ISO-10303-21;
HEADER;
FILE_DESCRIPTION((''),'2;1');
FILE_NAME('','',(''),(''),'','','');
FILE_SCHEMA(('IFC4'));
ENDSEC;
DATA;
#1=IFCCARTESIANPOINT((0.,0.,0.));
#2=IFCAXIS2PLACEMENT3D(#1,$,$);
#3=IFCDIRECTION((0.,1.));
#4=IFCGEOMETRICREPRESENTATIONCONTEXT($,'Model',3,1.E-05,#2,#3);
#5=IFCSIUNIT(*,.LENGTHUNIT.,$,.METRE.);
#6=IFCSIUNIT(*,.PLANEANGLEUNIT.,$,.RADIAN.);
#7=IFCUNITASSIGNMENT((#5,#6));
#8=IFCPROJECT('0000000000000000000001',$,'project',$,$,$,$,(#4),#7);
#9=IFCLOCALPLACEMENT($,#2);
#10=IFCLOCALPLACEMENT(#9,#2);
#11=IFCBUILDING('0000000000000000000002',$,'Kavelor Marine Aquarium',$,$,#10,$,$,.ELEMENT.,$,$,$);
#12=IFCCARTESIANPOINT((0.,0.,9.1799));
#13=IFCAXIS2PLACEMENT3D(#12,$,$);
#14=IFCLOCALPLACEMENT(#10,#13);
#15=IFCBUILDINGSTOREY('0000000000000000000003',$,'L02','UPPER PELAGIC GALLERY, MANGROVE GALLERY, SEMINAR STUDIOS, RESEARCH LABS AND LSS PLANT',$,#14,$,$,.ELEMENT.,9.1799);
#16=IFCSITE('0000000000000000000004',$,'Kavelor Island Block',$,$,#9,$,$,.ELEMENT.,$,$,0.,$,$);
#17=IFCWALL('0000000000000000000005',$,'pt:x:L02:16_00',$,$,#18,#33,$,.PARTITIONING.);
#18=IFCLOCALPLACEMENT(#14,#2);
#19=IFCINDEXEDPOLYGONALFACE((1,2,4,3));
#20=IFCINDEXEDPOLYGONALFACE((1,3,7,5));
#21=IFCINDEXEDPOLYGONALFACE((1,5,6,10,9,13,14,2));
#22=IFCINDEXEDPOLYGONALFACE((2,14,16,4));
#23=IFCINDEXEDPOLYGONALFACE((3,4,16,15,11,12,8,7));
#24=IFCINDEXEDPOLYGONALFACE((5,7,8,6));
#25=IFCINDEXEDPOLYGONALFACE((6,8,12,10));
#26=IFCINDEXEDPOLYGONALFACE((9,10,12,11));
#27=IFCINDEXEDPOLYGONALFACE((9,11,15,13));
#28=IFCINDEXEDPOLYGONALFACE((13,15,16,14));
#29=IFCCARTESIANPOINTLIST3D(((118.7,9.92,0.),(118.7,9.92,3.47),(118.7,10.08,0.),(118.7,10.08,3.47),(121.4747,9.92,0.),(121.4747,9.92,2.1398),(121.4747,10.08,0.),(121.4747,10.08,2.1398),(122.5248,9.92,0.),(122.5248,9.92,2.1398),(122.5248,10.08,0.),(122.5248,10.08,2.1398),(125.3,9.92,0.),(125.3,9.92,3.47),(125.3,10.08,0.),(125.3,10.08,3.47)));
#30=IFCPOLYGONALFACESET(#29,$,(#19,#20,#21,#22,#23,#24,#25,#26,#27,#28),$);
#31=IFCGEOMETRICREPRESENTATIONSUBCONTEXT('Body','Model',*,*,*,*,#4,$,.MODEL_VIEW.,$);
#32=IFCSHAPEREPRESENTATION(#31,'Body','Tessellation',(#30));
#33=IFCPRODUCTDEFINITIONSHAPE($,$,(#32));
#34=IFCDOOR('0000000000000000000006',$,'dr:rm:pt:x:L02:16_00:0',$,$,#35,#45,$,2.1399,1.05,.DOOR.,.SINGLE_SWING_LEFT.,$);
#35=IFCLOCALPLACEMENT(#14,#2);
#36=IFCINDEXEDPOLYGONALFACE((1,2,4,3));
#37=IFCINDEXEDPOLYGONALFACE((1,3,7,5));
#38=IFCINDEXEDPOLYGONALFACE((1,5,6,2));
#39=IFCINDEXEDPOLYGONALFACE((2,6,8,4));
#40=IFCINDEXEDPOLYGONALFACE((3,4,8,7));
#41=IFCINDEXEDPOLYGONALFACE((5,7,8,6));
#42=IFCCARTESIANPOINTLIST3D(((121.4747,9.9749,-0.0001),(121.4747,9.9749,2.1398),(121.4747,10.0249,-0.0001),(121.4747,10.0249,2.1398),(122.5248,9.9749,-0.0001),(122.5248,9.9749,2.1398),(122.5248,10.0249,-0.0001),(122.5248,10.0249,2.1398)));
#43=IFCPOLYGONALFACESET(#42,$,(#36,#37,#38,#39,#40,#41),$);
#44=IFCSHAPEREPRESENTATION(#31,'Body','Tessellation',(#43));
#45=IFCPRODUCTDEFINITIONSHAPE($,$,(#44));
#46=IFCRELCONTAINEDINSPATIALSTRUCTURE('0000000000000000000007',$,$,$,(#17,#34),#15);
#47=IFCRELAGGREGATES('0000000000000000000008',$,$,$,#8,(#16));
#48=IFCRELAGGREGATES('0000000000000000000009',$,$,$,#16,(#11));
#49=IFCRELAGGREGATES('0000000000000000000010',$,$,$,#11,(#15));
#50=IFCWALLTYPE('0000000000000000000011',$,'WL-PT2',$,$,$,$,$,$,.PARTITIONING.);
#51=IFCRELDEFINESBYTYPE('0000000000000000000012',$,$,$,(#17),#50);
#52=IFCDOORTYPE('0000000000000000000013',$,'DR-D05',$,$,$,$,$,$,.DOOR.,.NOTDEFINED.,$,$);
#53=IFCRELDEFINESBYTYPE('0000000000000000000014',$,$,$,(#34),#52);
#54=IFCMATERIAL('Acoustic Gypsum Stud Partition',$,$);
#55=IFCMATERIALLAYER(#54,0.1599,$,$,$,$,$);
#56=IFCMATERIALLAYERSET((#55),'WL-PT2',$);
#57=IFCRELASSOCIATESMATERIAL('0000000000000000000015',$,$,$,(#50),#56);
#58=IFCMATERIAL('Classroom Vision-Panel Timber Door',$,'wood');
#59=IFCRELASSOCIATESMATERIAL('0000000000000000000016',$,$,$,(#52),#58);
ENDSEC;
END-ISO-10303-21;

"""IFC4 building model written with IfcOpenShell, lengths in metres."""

from ifc_helpers import new_model, si_unit, direction, frame, frame_2d, origin, place, context, subcontext, project, spatial, rectangle, extrude, material, layer, layer_set, type_object, element, fill, save


model = new_model("IFC4")

# Units and contexts
model_context = context("Model", 3, precision=1e-05, world=origin(), true_north=direction((0.0, 1.0)))
body_context = subcontext(model_context, "Body", "Model", "MODEL_VIEW")
ifc_project = project(units=[si_unit("LENGTHUNIT", "METRE"), si_unit("PLANEANGLEUNIT", "RADIAN")], contexts=[model_context])

# Site, building, storey
site_placement = place(None, origin())
site = spatial("IfcSite", under=ifc_project, at=site_placement, Name="Kavelor Island Block", CompositionType="ELEMENT", RefElevation=0.0)
building_placement = place(site_placement, origin())
building = spatial("IfcBuilding", under=site, at=building_placement, Name="Kavelor Marine Aquarium", CompositionType="ELEMENT")
storey_placement = place(building_placement, frame((0.0, 0.0, 9.1799)))
storey = spatial("IfcBuildingStorey", under=building, at=storey_placement, Name="L02", Description="UPPER PELAGIC GALLERY, MANGROVE GALLERY, SEMINAR STUDIOS, RESEARCH LABS AND LSS PLANT", CompositionType="ELEMENT", Elevation=9.1799)

# Wall, opening, door
ifc_material_1 = material(Name="Acoustic Gypsum Stud Partition")
ifc_layer_1 = layer(ifc_material_1, 0.1599)
ifc_layer_set_1 = layer_set([ifc_layer_1], Name="WL-PT2")
wall_type = type_object("IfcWallType", Name="WL-PT2", PredefinedType="PARTITIONING", material=ifc_layer_set_1)
wall_placement = place(storey_placement, frame((118.7, 10.0, 0.0), z_axis=(0.0, 0.0, 1.0), x_axis=(1.0, 0.0, 0.0)))
wall = element("IfcWall", 1, at=wall_placement, inside=storey, type_object=wall_type, Name="pt:x:L02:16_00", PredefinedType="PARTITIONING", context=body_context, shape_type="SweptSolid", body=[
    extrude(rectangle(XDim=6.6001, YDim=0.1599, at=frame_2d((3.3, 0.0))), origin(), (0.0, 0.0, 1.0), 3.47),
])
opening_placement = place(wall_placement, frame((2.7749, 0.0, 0.0)))
opening = element("IfcOpeningElement", 2, at=opening_placement, cuts=wall, PredefinedType="OPENING", context=body_context, shape_type="SweptSolid", body=[
    extrude(rectangle(XDim=1.05, YDim=2.1399, at=frame_2d((0.5249, 1.0698))), frame((0.0, 0.0898, 0.0), z_axis=(0.0, -1.0, 0.0), x_axis=(1.0, 0.0, 0.0)), (0.0, 0.0, 1.0), 0.1799),
])
ifc_material_2 = material(Name="Classroom Vision-Panel Timber Door", Category="wood")
door_type = type_object("IfcDoorType", Name="DR-D05", OperationType="NOTDEFINED", PredefinedType="DOOR", material=ifc_material_2)
door_placement = place(opening_placement, origin())
door = element("IfcDoor", 3, at=door_placement, inside=storey, type_object=door_type, Name="dr:rm:pt:x:L02:16_00:0", OperationType="SINGLE_SWING_LEFT", OverallHeight=2.1399, OverallWidth=1.05, PredefinedType="DOOR", context=body_context, shape_type="SweptSolid", body=[
    extrude(rectangle(XDim=1.05, YDim=2.1399, at=frame_2d((0.5249, 1.0698))), frame((0.0, 0.0249, 0.0), z_axis=(0.0, -1.0, 0.0), x_axis=(1.0, 0.0, 0.0)), (0.0, 0.0, 1.0), 0.05),
])
fill(opening, door)

save(model, "model.ifc")
